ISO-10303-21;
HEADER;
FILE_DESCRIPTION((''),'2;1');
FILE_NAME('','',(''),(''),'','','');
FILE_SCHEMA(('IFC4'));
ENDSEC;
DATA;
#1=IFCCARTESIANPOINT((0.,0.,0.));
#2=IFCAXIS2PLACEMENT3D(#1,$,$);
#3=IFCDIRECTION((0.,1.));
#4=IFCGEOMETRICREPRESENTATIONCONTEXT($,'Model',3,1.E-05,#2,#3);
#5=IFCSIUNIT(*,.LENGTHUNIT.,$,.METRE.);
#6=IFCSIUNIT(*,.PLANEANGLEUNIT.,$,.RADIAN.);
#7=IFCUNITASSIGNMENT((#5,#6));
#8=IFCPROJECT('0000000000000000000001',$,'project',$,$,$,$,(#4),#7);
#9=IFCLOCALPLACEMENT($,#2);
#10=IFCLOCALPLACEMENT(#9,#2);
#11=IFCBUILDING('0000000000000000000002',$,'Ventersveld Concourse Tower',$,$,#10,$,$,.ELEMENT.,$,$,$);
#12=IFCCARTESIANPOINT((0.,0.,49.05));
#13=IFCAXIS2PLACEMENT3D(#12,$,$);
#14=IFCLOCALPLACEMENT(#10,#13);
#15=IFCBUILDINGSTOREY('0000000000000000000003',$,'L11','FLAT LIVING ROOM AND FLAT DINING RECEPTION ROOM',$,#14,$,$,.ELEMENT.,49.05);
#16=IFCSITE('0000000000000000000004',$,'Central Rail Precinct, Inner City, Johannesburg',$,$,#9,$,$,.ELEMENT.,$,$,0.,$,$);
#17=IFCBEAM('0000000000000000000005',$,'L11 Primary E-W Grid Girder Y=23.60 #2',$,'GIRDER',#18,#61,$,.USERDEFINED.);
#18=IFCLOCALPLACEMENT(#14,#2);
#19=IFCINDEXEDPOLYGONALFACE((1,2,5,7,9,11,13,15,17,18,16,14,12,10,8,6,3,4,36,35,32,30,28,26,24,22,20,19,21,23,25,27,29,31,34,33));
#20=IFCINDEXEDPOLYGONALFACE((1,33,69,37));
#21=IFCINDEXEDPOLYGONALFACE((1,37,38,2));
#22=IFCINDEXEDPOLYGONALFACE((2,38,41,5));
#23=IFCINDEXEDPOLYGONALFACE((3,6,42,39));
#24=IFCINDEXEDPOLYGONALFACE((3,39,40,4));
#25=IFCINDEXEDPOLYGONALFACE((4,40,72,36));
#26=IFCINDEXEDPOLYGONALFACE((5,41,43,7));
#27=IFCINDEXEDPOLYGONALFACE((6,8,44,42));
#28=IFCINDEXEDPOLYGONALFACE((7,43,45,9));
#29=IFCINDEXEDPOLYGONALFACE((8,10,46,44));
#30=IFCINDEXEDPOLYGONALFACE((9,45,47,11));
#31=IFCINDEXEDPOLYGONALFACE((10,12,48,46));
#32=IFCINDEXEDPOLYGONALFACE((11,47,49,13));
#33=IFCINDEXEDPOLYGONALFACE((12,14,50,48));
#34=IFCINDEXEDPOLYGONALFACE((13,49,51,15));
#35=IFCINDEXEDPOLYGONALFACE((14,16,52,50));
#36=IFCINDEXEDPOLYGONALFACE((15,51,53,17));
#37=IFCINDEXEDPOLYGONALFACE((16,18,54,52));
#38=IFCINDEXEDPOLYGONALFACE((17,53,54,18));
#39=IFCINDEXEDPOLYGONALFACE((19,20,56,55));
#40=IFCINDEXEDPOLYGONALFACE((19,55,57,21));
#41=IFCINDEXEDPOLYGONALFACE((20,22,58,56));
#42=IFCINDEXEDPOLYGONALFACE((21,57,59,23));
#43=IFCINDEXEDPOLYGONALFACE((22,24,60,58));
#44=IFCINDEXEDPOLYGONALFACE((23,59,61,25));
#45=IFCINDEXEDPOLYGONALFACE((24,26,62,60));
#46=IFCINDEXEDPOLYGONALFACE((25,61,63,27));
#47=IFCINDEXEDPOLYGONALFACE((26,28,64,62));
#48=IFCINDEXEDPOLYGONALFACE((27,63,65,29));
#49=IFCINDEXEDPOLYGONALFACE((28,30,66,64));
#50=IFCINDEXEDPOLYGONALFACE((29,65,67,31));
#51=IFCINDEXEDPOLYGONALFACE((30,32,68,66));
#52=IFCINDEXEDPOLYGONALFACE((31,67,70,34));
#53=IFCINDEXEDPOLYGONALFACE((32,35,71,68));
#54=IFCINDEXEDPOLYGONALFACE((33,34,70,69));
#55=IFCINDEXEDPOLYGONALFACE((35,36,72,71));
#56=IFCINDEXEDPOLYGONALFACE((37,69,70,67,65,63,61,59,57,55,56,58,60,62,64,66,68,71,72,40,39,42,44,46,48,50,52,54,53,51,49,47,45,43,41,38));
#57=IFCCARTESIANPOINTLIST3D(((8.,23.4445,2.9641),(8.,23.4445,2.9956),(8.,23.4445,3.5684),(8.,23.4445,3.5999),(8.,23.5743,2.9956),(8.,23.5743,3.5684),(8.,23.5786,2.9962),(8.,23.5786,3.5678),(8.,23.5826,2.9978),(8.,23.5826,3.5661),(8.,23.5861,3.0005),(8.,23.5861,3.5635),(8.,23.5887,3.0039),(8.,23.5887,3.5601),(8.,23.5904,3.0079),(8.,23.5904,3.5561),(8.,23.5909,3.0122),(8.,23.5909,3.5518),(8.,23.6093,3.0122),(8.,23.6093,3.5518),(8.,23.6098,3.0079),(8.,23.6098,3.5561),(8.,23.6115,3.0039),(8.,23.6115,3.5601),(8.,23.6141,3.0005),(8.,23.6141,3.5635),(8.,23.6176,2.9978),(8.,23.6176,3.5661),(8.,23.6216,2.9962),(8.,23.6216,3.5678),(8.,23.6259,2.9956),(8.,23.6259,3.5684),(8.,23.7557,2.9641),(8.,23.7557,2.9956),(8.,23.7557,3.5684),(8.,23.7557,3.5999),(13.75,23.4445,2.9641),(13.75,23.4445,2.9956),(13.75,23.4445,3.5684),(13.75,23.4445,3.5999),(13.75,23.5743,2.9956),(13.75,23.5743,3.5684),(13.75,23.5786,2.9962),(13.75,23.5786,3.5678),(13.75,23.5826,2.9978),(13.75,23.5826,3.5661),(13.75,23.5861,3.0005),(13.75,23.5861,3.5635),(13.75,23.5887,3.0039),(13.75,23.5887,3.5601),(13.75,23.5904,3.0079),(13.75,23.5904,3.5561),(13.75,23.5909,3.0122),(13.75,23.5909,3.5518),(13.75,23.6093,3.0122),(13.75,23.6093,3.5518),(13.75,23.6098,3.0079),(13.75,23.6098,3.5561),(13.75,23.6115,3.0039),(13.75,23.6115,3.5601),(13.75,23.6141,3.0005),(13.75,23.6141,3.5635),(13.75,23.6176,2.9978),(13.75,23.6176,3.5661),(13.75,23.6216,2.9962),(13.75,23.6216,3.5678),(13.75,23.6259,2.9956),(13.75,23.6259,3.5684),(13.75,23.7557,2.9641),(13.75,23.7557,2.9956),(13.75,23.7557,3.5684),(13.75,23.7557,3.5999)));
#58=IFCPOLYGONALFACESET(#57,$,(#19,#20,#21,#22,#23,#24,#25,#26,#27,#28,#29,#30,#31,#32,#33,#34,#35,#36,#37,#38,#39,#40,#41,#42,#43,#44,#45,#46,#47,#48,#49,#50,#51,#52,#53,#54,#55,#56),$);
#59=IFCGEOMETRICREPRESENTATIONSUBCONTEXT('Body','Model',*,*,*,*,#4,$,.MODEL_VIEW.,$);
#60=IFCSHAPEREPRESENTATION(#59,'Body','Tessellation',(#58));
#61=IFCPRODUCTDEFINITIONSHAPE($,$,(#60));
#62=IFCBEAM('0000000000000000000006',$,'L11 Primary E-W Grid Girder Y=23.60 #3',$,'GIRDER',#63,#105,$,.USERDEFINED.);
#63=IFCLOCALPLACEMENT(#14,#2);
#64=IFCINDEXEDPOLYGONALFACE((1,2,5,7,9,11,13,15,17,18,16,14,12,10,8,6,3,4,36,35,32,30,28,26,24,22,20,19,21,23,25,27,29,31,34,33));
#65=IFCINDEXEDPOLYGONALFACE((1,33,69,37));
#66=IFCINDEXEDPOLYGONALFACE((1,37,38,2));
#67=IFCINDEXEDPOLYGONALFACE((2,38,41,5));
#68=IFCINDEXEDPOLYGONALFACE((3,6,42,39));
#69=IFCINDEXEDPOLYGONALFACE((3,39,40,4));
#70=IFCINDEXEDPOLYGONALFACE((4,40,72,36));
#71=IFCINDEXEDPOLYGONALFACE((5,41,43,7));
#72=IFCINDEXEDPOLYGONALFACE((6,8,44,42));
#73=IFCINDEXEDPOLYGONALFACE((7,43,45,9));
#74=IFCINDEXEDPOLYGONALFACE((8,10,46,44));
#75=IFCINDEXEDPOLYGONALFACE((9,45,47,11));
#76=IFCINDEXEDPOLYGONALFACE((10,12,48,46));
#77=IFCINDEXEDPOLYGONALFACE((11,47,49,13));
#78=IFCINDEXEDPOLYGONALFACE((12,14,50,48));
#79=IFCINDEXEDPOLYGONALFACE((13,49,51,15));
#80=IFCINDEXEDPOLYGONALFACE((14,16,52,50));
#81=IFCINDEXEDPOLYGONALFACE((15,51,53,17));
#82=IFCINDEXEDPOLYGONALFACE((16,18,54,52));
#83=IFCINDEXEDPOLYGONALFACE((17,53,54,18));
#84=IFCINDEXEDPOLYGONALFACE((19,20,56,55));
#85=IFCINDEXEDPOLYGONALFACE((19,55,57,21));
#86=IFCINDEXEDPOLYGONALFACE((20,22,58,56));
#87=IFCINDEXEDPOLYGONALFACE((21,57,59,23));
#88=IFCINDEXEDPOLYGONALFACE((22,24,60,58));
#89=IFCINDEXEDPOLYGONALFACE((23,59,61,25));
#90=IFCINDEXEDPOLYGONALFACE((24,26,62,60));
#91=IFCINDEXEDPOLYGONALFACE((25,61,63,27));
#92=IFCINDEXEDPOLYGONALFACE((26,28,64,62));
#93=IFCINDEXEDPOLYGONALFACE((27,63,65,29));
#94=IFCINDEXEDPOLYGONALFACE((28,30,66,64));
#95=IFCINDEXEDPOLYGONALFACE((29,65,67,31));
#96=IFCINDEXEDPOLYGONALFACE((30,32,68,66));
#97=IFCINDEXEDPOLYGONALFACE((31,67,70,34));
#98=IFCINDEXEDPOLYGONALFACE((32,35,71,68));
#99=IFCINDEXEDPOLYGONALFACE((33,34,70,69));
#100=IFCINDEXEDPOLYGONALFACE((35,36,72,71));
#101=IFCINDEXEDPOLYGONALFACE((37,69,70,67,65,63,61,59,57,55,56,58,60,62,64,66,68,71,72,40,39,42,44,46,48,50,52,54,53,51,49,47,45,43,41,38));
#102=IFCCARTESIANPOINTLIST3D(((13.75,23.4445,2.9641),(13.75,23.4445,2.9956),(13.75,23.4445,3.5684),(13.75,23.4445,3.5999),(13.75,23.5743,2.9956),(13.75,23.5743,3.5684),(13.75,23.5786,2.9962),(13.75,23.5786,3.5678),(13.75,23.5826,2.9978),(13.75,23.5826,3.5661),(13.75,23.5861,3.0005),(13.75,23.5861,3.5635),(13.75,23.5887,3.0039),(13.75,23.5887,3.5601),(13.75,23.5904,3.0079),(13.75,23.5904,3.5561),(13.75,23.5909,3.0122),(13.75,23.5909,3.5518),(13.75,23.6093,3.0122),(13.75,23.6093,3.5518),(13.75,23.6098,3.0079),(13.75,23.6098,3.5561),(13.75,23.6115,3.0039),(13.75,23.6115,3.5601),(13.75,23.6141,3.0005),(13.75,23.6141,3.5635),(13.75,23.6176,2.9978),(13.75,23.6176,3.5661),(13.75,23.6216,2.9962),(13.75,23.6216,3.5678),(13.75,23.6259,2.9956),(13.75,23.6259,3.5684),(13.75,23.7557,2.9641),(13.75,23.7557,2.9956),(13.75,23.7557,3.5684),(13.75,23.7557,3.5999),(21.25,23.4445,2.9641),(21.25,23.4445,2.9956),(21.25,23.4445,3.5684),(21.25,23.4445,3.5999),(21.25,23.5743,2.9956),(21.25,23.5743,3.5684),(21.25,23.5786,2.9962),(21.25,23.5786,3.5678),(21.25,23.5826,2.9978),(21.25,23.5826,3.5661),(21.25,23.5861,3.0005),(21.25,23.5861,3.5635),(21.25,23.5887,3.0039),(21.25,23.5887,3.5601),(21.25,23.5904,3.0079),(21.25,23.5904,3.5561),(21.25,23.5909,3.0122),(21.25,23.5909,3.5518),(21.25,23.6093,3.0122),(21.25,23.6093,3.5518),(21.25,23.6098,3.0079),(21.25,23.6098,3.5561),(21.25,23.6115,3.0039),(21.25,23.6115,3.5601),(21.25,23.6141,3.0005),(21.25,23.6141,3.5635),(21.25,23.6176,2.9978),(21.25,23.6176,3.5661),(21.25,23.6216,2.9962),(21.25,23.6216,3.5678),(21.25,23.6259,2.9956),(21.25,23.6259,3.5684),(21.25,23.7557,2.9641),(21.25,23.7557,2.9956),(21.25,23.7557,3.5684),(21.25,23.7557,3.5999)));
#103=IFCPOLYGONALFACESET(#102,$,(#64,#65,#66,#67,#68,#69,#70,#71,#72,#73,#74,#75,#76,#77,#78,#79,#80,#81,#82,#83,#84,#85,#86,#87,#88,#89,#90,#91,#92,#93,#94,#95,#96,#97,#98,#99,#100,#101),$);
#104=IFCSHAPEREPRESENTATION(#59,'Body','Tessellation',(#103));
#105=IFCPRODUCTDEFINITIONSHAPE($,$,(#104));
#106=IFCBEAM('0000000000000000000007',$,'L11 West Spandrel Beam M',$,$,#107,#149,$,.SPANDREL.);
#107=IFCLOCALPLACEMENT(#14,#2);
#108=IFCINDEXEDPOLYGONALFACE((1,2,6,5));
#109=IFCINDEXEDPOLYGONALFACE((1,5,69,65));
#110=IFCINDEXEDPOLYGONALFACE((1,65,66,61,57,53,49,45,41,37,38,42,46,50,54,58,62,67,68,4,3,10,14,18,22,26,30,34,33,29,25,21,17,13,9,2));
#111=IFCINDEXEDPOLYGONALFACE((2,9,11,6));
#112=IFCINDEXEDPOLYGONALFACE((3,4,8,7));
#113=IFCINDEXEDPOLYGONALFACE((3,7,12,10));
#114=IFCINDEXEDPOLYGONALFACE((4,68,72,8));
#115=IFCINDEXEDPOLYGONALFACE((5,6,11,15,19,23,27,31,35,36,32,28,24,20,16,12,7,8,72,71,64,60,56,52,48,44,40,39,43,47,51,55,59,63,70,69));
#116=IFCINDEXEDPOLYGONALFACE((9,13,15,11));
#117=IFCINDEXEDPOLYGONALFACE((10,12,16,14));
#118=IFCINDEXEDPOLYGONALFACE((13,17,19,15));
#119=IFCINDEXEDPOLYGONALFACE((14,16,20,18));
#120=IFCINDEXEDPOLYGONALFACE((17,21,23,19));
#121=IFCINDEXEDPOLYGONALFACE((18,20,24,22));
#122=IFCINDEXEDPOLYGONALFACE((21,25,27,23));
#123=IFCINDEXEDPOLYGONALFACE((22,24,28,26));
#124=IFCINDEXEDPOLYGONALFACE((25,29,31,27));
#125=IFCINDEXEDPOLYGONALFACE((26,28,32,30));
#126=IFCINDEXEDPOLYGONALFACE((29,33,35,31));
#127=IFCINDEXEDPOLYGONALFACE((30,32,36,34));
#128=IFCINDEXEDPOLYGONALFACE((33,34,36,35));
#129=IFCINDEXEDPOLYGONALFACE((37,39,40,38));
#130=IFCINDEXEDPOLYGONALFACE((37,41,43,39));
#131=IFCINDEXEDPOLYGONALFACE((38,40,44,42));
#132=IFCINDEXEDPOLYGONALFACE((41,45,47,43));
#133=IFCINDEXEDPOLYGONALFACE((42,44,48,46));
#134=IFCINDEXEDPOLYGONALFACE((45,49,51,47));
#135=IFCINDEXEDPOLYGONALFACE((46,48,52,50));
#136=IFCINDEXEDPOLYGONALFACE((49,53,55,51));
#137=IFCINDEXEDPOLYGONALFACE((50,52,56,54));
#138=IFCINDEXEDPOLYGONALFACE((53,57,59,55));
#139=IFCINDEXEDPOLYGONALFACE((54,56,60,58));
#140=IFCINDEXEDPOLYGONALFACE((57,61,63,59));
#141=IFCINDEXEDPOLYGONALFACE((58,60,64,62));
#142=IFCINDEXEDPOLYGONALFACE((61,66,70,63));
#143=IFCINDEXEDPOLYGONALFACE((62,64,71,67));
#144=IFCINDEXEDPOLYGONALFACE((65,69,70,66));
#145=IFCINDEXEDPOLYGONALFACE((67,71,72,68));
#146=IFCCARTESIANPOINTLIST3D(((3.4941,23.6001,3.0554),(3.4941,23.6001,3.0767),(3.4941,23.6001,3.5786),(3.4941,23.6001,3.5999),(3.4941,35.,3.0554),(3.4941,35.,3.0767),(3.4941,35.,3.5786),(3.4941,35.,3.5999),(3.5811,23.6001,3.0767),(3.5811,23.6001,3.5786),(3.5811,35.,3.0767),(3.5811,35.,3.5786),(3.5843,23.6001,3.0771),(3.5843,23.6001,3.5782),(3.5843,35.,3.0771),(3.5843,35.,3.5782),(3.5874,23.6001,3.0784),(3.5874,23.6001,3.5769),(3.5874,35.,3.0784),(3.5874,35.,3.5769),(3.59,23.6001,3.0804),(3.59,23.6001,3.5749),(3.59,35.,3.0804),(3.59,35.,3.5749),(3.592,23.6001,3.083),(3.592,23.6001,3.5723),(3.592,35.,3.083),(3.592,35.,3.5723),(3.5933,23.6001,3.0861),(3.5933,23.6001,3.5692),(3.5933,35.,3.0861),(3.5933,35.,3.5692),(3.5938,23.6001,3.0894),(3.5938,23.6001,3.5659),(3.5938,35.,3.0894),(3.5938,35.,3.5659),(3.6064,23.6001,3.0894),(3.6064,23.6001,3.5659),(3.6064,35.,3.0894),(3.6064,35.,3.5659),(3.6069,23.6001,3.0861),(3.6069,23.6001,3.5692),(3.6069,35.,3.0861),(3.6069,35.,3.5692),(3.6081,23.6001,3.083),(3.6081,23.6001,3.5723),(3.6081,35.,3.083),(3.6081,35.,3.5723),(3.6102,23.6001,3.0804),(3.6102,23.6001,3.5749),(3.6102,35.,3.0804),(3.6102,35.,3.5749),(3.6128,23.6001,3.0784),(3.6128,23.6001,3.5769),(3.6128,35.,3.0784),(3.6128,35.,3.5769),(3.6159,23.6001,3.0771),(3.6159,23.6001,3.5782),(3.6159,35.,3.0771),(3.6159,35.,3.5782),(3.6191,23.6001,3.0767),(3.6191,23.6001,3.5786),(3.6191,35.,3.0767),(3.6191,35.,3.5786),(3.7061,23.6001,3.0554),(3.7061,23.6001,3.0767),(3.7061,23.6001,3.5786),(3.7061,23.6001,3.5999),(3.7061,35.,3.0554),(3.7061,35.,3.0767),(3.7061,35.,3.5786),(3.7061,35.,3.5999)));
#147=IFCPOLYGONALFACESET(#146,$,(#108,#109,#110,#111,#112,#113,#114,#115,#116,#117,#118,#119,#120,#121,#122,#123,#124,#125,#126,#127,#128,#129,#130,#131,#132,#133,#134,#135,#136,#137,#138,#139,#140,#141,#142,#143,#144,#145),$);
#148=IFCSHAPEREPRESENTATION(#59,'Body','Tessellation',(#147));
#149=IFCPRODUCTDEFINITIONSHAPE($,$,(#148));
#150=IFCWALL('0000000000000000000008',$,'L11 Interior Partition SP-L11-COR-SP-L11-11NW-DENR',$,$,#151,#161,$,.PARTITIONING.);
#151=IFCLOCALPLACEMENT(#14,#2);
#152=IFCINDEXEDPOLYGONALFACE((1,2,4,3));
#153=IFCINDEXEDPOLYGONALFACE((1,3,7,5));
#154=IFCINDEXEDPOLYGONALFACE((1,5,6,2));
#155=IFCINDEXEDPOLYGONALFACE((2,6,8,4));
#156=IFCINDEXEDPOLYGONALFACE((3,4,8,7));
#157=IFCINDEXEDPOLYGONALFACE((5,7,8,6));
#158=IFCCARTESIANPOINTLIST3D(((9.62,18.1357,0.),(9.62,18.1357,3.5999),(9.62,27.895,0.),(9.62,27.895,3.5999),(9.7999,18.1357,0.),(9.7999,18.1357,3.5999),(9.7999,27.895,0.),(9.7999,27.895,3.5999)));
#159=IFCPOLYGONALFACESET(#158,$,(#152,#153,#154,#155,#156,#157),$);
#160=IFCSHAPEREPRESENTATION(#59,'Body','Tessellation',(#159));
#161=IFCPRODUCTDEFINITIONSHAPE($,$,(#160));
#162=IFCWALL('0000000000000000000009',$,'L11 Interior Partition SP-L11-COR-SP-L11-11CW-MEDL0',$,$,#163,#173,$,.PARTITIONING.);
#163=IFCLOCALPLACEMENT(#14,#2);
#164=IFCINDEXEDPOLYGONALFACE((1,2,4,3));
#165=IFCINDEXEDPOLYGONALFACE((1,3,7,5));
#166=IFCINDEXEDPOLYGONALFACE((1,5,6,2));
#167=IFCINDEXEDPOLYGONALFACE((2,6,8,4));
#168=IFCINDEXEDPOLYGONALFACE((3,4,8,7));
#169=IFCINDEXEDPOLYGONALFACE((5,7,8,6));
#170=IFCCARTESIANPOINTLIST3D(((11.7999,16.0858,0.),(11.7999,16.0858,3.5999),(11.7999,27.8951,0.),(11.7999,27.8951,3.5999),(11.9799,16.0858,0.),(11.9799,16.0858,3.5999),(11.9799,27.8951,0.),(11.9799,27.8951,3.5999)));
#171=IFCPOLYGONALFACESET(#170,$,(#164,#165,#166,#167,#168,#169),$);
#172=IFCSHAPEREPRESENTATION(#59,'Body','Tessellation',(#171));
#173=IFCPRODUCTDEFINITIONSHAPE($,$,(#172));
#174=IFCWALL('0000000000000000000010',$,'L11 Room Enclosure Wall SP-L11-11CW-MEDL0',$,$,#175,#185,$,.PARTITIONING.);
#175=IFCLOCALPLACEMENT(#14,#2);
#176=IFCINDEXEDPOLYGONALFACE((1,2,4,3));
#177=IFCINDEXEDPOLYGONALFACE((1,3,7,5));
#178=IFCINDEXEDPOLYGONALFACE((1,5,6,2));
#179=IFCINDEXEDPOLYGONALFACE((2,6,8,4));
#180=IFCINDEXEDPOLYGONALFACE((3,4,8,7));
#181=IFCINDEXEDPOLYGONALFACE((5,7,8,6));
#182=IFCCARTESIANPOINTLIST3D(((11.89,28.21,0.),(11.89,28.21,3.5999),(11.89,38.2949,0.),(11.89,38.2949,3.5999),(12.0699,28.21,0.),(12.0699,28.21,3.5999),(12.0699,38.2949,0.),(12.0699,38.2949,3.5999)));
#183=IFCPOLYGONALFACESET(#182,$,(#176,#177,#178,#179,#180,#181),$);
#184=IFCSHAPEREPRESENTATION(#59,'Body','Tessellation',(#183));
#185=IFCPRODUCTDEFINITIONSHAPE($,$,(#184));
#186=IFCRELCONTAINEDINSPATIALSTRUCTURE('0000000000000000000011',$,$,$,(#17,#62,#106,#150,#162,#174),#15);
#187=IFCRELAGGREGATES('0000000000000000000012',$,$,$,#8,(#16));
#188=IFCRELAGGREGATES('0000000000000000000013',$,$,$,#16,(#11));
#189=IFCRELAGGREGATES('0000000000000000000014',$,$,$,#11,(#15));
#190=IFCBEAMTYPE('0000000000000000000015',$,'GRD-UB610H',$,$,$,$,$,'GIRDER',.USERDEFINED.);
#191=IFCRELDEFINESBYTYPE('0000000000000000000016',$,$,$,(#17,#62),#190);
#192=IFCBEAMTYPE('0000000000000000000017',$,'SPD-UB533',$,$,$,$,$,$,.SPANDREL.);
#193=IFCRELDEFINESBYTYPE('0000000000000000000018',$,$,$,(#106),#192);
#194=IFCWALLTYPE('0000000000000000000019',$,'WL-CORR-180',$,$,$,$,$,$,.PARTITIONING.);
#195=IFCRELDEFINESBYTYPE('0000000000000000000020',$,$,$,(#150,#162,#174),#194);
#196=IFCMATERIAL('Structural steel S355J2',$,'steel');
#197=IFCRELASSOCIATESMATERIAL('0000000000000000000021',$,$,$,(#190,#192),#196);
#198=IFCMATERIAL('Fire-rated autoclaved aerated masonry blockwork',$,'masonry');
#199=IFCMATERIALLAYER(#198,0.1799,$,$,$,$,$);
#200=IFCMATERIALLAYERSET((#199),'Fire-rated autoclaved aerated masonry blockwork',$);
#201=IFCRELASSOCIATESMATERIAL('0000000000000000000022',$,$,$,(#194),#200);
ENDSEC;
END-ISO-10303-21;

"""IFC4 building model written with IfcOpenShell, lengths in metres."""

from ifc_helpers import new_model, si_unit, direction, frame, frame_2d, origin, origin_2d, place, context, subcontext, project, spatial, rectangle, i_section, extrude, material, layer, layer_set, material_profile, profile_set, type_object, element, save


model = new_model("IFC4")

# Units and contexts
model_context = context("Model", 3, precision=1e-05, world=origin(), true_north=direction((0.0, 1.0)))
body_context = subcontext(model_context, "Body", "Model", "MODEL_VIEW")
ifc_project = project(units=[si_unit("LENGTHUNIT", "METRE"), si_unit("PLANEANGLEUNIT", "RADIAN")], contexts=[model_context])

# Site, building, storey
site_placement = place(None, origin())
site = spatial("IfcSite", under=ifc_project, at=site_placement, Name="Central Rail Precinct, Inner City, Johannesburg", CompositionType="ELEMENT", RefElevation=0.0)
building_placement = place(site_placement, origin())
building = spatial("IfcBuilding", under=site, at=building_placement, Name="Ventersveld Concourse Tower", CompositionType="ELEMENT")
storey_placement = place(building_placement, frame((0.0, 0.0, 49.05)))
storey = spatial("IfcBuildingStorey", under=building, at=storey_placement, Name="L11", Description="FLAT LIVING ROOM AND FLAT DINING RECEPTION ROOM", CompositionType="ELEMENT", Elevation=49.05)

# Beams
ifc_material_1 = material(Name="Structural steel S355J2", Category="steel")
ifc_material_profile_1 = material_profile(ifc_material_1, i_section(OverallWidth=0.3113, OverallDepth=0.6357, WebThickness=0.0183, FlangeThickness=0.0315, FilletRadius=0.0166, at=origin_2d()), Name="UB 610x305x238")
ifc_profile_set_1 = profile_set([ifc_material_profile_1], Name="Structural steel S355J2")
beam_type_1 = type_object("IfcBeamType", Name="GRD-UB610H", ElementType="GIRDER", PredefinedType="USERDEFINED", material=ifc_profile_set_1)
beam_1_placement = place(storey_placement, frame((8.0, 23.6001, 3.282), z_axis=(1.0, 0.0, 0.0), x_axis=(0.0, 1.0, 0.0)))
element("IfcBeam", 1, at=beam_1_placement, inside=storey, type_object=beam_type_1, Name="L11 Primary E-W Grid Girder Y=23.60 #2", ObjectType="GIRDER", PredefinedType="USERDEFINED", context=body_context, shape_type="SweptSolid", body=[
    extrude(i_section(OverallWidth=0.3113, OverallDepth=0.6357, WebThickness=0.0183, FlangeThickness=0.0315, FilletRadius=0.0166, at=origin_2d()), origin(), (0.0, 0.0, 1.0), 5.75),
])
beam_2_placement = place(storey_placement, frame((13.75, 23.6001, 3.282), z_axis=(1.0, 0.0, 0.0), x_axis=(0.0, 1.0, 0.0)))
element("IfcBeam", 2, at=beam_2_placement, inside=storey, type_object=beam_type_1, Name="L11 Primary E-W Grid Girder Y=23.60 #3", ObjectType="GIRDER", PredefinedType="USERDEFINED", context=body_context, shape_type="SweptSolid", body=[
    extrude(i_section(OverallWidth=0.3113, OverallDepth=0.6357, WebThickness=0.0183, FlangeThickness=0.0315, FilletRadius=0.0166, at=origin_2d()), origin(), (0.0, 0.0, 1.0), 7.5),
])
ifc_material_profile_2 = material_profile(ifc_material_1, i_section(OverallWidth=0.2119, OverallDepth=0.5444, WebThickness=0.0127, FlangeThickness=0.0212, FilletRadius=0.0127, at=origin_2d()), Name="UB 533x210x122")
ifc_profile_set_2 = profile_set([ifc_material_profile_2], Name="Structural steel S355J2")
beam_type_2 = type_object("IfcBeamType", Name="SPD-UB533", PredefinedType="SPANDREL", material=ifc_profile_set_2)
beam_3_placement = place(storey_placement, frame((3.6001, 23.6001, 3.3276), z_axis=(0.0, 1.0, 0.0), x_axis=(-1.0, 0.0, 0.0)))
element("IfcBeam", 3, at=beam_3_placement, inside=storey, type_object=beam_type_2, Name="L11 West Spandrel Beam M", PredefinedType="SPANDREL", context=body_context, shape_type="SweptSolid", body=[
    extrude(i_section(OverallWidth=0.2119, OverallDepth=0.5444, WebThickness=0.0127, FlangeThickness=0.0212, FilletRadius=0.0127, at=origin_2d()), origin(), (0.0, 0.0, 1.0), 11.3999),
])

# Walls
ifc_material_2 = material(Name="Fire-rated autoclaved aerated masonry blockwork", Category="masonry")
ifc_layer_1 = layer(ifc_material_2, 0.1799)
ifc_layer_set_1 = layer_set([ifc_layer_1], Name="Fire-rated autoclaved aerated masonry blockwork")
wall_type_1 = type_object("IfcWallType", Name="WL-CORR-180", PredefinedType="PARTITIONING", material=ifc_layer_set_1)
wall_1_placement = place(storey_placement, frame((9.71, 18.1357, 0.0), z_axis=(0.0, 0.0, 1.0), x_axis=(0.0, 1.0, 0.0)))
element("IfcWall", 4, at=wall_1_placement, inside=storey, type_object=wall_type_1, Name="L11 Interior Partition SP-L11-COR-SP-L11-11NW-DENR", PredefinedType="PARTITIONING", context=body_context, shape_type="SweptSolid", body=[
    extrude(rectangle(XDim=9.7593, YDim=0.1799, at=frame_2d((4.8796, 0.0))), origin(), (0.0, 0.0, 1.0), 3.5999),
])
wall_2_placement = place(storey_placement, frame((11.8899, 16.0857, 0.0), z_axis=(0.0, 0.0, 1.0), x_axis=(0.0, 1.0, 0.0)))
element("IfcWall", 5, at=wall_2_placement, inside=storey, type_object=wall_type_1, Name="L11 Interior Partition SP-L11-COR-SP-L11-11CW-MEDL0", PredefinedType="PARTITIONING", context=body_context, shape_type="SweptSolid", body=[
    extrude(rectangle(XDim=11.8093, YDim=0.1799, at=frame_2d((5.9048, 0.0))), origin(), (0.0, 0.0, 1.0), 3.5999),
])
wall_3_placement = place(storey_placement, frame((11.98, 28.21, 0.0), z_axis=(0.0, 0.0, 1.0), x_axis=(0.0, 1.0, 0.0)))
element("IfcWall", 6, at=wall_3_placement, inside=storey, type_object=wall_type_1, Name="L11 Room Enclosure Wall SP-L11-11CW-MEDL0", PredefinedType="PARTITIONING", context=body_context, shape_type="SweptSolid", body=[
    extrude(rectangle(XDim=10.085, YDim=0.1799, at=frame_2d((5.0425, 0.0))), origin(), (0.0, 0.0, 1.0), 3.5999),
])

save(model, "model.ifc")
